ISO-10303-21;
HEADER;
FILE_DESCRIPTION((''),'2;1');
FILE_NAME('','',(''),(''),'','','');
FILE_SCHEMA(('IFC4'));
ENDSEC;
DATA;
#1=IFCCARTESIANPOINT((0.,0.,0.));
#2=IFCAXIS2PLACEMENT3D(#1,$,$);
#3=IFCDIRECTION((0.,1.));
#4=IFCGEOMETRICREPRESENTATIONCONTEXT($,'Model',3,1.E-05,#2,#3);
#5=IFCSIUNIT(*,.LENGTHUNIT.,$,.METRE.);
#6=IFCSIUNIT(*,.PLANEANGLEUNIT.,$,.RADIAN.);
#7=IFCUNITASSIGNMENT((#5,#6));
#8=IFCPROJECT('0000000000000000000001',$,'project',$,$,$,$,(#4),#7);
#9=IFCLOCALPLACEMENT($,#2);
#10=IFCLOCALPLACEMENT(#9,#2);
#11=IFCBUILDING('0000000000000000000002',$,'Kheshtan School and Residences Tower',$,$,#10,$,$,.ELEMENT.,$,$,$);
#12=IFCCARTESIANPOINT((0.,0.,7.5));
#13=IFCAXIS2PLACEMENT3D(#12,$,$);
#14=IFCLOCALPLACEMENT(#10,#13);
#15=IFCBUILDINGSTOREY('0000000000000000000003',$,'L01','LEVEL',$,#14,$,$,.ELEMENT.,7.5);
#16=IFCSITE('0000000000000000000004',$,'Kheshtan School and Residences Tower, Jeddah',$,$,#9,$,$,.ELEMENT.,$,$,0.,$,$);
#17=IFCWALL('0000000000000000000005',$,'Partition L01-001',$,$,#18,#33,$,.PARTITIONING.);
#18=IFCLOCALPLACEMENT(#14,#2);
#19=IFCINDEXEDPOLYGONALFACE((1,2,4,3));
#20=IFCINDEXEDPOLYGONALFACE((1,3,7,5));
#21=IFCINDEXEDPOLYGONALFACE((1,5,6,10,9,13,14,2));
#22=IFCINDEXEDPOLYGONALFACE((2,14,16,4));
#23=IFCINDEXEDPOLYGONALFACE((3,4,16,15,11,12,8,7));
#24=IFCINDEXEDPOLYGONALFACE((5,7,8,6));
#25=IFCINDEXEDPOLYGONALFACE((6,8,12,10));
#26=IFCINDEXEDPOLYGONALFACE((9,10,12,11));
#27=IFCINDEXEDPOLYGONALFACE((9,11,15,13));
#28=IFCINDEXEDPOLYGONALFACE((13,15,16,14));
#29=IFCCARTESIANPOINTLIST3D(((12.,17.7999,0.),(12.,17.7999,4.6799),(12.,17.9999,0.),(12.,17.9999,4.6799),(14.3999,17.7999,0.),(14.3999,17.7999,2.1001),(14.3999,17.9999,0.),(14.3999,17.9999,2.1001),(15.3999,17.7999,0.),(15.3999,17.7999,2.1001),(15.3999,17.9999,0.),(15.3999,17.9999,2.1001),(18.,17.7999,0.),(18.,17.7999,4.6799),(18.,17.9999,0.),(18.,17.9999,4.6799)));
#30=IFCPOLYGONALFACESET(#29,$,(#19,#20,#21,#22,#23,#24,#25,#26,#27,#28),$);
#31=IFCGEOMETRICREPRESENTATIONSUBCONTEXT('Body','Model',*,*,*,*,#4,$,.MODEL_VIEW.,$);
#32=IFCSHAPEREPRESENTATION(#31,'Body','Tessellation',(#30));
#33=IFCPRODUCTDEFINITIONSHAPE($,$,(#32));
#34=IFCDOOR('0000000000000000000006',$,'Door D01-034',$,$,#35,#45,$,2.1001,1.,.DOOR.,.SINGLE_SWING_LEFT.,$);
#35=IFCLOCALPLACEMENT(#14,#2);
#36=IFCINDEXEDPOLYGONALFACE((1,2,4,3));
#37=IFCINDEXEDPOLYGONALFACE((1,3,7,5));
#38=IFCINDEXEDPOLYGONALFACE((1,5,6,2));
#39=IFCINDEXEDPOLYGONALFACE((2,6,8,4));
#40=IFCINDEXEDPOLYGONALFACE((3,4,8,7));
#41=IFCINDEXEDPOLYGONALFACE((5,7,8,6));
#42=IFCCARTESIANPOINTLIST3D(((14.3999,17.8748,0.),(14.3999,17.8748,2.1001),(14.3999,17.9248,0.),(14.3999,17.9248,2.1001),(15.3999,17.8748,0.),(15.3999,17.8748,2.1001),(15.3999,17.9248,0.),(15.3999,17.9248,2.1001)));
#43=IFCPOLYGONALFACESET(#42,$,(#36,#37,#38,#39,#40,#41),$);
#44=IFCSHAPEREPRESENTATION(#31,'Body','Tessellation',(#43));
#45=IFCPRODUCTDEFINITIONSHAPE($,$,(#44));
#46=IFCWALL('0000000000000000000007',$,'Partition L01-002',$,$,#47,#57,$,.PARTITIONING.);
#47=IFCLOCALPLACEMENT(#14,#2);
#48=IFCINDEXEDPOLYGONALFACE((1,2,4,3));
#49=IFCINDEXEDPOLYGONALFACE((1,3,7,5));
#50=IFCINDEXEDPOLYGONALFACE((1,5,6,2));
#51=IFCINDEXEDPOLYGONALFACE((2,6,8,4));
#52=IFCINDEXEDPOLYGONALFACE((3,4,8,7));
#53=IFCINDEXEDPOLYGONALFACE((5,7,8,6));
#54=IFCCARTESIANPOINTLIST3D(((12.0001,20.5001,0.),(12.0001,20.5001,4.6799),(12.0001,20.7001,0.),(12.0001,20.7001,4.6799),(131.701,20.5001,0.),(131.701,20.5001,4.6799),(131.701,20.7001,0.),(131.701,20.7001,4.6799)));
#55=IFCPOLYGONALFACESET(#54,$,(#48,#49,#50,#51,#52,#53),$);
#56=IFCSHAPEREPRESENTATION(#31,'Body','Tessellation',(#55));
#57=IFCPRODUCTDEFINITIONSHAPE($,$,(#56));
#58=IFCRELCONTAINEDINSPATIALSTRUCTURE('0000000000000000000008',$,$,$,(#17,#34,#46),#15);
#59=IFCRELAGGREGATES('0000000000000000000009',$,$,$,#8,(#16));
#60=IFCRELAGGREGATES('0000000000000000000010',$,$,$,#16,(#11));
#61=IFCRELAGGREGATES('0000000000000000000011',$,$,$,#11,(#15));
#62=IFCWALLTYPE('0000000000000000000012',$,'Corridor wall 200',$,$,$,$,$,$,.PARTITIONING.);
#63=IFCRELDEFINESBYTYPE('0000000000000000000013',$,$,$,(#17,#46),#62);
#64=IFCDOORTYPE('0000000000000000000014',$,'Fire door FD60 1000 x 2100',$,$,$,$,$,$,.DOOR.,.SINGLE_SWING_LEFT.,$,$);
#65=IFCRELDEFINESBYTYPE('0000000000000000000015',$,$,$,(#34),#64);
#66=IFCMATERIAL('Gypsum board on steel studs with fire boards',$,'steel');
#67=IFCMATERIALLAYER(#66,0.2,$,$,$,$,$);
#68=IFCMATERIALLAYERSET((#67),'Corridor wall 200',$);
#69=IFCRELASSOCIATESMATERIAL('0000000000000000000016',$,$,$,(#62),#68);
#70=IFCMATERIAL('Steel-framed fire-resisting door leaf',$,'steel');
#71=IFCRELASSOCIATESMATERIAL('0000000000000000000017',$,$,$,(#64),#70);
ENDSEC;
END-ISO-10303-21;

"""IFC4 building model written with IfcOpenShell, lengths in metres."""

from ifc_helpers import new_model, si_unit, direction, frame, frame_2d, origin, place, context, subcontext, project, spatial, rectangle, extrude, source, transform, mapped, material, layer, layer_set, type_object, element, fill, save


model = new_model("IFC4")

# Units and contexts
model_context = context("Model", 3, precision=1e-05, world=origin(), true_north=direction((0.0, 1.0)))
body_context = subcontext(model_context, "Body", "Model", "MODEL_VIEW")
ifc_project = project(units=[si_unit("LENGTHUNIT", "METRE"), si_unit("PLANEANGLEUNIT", "RADIAN")], contexts=[model_context])

# Site, building, storey
site_placement = place(None, origin())
site = spatial("IfcSite", under=ifc_project, at=site_placement, Name="Kheshtan School and Residences Tower, Jeddah", CompositionType="ELEMENT", RefElevation=0.0)
building_placement = place(site_placement, origin())
building = spatial("IfcBuilding", under=site, at=building_placement, Name="Kheshtan School and Residences Tower", CompositionType="ELEMENT")
storey_placement = place(building_placement, frame((0.0, 0.0, 7.5)))
storey = spatial("IfcBuildingStorey", under=building, at=storey_placement, Name="L01", Description="LEVEL", CompositionType="ELEMENT", Elevation=7.5)

# Wall, opening, door
ifc_material_1 = material(Name="Gypsum board on steel studs with fire boards", Category="steel")
ifc_layer_1 = layer(ifc_material_1, 0.2)
ifc_layer_set_1 = layer_set([ifc_layer_1], Name="Corridor wall 200")
wall_type_1 = type_object("IfcWallType", Name="Corridor wall 200", PredefinedType="PARTITIONING", material=ifc_layer_set_1)
wall_1_placement = place(storey_placement, frame((12.0, 17.8999, 0.0), z_axis=(0.0, 0.0, 1.0), x_axis=(1.0, 0.0, 0.0)))
wall_1 = element("IfcWall", 1, at=wall_1_placement, inside=storey, type_object=wall_type_1, Name="Partition L01-001", PredefinedType="PARTITIONING", context=body_context, shape_type="SweptSolid", body=[
    extrude(rectangle(XDim=6.0, YDim=0.2, at=frame_2d((3.0, 0.0))), origin(), (0.0, 0.0, 1.0), 4.6799),
])
opening_1_placement = place(wall_1_placement, frame((2.3999, 0.0, 0.0)))
opening_1 = element("IfcOpeningElement", 2, at=opening_1_placement, cuts=wall_1, PredefinedType="OPENING", context=body_context, shape_type="SweptSolid", body=[
    extrude(rectangle(XDim=1.0, YDim=2.1001, at=frame_2d((0.5, 1.05))), frame((0.0, 0.1099, 0.0), z_axis=(0.0, -1.0, 0.0), x_axis=(1.0, 0.0, 0.0)), (0.0, 0.0, 1.0), 0.22),
])
ifc_material_2 = material(Name="Steel-framed fire-resisting door leaf", Category="steel")
door_type_1 = type_object("IfcDoorType", Name="Fire door FD60 1000 x 2100", OperationType="SINGLE_SWING_LEFT", PredefinedType="DOOR", material=ifc_material_2)
shared_shape_1 = source(origin(), body_context, "Body", "SweptSolid", [
    extrude(rectangle(XDim=1.0, YDim=2.1001, at=frame_2d((0.5, 1.05))), frame((0.0, 0.0249, 0.0), z_axis=(0.0, -1.0, 0.0), x_axis=(1.0, 0.0, 0.0)), (0.0, 0.0, 1.0), 0.05),
])
door_1_placement = place(opening_1_placement, origin())
door_1 = element("IfcDoor", 3, at=door_1_placement, inside=storey, type_object=door_type_1, Name="Door D01-034", OperationType="SINGLE_SWING_LEFT", OverallHeight=2.1001, OverallWidth=1.0, PredefinedType="DOOR", context=body_context, shape_type="MappedRepresentation", body=[
    mapped(shared_shape_1, transform((0.0, 0.0, 0.0), x_axis=(1.0, 0.0, 0.0), y_axis=(0.0, 1.0, 0.0), z_axis=(0.0, 0.0, 1.0), scale=1.0)),
])
fill(opening_1, door_1)

# Wall
wall_2_placement = place(storey_placement, frame((12.0, 20.6001, 0.0), z_axis=(0.0, 0.0, 1.0), x_axis=(1.0, 0.0, 0.0)))
element("IfcWall", 4, at=wall_2_placement, inside=storey, type_object=wall_type_1, Name="Partition L01-002", PredefinedType="PARTITIONING", context=body_context, shape_type="SweptSolid", body=[
    extrude(rectangle(XDim=119.7009, YDim=0.2, at=frame_2d((59.8506, 0.0))), origin(), (0.0, 0.0, 1.0), 4.6799),
])

save(model, "model.ifc")
